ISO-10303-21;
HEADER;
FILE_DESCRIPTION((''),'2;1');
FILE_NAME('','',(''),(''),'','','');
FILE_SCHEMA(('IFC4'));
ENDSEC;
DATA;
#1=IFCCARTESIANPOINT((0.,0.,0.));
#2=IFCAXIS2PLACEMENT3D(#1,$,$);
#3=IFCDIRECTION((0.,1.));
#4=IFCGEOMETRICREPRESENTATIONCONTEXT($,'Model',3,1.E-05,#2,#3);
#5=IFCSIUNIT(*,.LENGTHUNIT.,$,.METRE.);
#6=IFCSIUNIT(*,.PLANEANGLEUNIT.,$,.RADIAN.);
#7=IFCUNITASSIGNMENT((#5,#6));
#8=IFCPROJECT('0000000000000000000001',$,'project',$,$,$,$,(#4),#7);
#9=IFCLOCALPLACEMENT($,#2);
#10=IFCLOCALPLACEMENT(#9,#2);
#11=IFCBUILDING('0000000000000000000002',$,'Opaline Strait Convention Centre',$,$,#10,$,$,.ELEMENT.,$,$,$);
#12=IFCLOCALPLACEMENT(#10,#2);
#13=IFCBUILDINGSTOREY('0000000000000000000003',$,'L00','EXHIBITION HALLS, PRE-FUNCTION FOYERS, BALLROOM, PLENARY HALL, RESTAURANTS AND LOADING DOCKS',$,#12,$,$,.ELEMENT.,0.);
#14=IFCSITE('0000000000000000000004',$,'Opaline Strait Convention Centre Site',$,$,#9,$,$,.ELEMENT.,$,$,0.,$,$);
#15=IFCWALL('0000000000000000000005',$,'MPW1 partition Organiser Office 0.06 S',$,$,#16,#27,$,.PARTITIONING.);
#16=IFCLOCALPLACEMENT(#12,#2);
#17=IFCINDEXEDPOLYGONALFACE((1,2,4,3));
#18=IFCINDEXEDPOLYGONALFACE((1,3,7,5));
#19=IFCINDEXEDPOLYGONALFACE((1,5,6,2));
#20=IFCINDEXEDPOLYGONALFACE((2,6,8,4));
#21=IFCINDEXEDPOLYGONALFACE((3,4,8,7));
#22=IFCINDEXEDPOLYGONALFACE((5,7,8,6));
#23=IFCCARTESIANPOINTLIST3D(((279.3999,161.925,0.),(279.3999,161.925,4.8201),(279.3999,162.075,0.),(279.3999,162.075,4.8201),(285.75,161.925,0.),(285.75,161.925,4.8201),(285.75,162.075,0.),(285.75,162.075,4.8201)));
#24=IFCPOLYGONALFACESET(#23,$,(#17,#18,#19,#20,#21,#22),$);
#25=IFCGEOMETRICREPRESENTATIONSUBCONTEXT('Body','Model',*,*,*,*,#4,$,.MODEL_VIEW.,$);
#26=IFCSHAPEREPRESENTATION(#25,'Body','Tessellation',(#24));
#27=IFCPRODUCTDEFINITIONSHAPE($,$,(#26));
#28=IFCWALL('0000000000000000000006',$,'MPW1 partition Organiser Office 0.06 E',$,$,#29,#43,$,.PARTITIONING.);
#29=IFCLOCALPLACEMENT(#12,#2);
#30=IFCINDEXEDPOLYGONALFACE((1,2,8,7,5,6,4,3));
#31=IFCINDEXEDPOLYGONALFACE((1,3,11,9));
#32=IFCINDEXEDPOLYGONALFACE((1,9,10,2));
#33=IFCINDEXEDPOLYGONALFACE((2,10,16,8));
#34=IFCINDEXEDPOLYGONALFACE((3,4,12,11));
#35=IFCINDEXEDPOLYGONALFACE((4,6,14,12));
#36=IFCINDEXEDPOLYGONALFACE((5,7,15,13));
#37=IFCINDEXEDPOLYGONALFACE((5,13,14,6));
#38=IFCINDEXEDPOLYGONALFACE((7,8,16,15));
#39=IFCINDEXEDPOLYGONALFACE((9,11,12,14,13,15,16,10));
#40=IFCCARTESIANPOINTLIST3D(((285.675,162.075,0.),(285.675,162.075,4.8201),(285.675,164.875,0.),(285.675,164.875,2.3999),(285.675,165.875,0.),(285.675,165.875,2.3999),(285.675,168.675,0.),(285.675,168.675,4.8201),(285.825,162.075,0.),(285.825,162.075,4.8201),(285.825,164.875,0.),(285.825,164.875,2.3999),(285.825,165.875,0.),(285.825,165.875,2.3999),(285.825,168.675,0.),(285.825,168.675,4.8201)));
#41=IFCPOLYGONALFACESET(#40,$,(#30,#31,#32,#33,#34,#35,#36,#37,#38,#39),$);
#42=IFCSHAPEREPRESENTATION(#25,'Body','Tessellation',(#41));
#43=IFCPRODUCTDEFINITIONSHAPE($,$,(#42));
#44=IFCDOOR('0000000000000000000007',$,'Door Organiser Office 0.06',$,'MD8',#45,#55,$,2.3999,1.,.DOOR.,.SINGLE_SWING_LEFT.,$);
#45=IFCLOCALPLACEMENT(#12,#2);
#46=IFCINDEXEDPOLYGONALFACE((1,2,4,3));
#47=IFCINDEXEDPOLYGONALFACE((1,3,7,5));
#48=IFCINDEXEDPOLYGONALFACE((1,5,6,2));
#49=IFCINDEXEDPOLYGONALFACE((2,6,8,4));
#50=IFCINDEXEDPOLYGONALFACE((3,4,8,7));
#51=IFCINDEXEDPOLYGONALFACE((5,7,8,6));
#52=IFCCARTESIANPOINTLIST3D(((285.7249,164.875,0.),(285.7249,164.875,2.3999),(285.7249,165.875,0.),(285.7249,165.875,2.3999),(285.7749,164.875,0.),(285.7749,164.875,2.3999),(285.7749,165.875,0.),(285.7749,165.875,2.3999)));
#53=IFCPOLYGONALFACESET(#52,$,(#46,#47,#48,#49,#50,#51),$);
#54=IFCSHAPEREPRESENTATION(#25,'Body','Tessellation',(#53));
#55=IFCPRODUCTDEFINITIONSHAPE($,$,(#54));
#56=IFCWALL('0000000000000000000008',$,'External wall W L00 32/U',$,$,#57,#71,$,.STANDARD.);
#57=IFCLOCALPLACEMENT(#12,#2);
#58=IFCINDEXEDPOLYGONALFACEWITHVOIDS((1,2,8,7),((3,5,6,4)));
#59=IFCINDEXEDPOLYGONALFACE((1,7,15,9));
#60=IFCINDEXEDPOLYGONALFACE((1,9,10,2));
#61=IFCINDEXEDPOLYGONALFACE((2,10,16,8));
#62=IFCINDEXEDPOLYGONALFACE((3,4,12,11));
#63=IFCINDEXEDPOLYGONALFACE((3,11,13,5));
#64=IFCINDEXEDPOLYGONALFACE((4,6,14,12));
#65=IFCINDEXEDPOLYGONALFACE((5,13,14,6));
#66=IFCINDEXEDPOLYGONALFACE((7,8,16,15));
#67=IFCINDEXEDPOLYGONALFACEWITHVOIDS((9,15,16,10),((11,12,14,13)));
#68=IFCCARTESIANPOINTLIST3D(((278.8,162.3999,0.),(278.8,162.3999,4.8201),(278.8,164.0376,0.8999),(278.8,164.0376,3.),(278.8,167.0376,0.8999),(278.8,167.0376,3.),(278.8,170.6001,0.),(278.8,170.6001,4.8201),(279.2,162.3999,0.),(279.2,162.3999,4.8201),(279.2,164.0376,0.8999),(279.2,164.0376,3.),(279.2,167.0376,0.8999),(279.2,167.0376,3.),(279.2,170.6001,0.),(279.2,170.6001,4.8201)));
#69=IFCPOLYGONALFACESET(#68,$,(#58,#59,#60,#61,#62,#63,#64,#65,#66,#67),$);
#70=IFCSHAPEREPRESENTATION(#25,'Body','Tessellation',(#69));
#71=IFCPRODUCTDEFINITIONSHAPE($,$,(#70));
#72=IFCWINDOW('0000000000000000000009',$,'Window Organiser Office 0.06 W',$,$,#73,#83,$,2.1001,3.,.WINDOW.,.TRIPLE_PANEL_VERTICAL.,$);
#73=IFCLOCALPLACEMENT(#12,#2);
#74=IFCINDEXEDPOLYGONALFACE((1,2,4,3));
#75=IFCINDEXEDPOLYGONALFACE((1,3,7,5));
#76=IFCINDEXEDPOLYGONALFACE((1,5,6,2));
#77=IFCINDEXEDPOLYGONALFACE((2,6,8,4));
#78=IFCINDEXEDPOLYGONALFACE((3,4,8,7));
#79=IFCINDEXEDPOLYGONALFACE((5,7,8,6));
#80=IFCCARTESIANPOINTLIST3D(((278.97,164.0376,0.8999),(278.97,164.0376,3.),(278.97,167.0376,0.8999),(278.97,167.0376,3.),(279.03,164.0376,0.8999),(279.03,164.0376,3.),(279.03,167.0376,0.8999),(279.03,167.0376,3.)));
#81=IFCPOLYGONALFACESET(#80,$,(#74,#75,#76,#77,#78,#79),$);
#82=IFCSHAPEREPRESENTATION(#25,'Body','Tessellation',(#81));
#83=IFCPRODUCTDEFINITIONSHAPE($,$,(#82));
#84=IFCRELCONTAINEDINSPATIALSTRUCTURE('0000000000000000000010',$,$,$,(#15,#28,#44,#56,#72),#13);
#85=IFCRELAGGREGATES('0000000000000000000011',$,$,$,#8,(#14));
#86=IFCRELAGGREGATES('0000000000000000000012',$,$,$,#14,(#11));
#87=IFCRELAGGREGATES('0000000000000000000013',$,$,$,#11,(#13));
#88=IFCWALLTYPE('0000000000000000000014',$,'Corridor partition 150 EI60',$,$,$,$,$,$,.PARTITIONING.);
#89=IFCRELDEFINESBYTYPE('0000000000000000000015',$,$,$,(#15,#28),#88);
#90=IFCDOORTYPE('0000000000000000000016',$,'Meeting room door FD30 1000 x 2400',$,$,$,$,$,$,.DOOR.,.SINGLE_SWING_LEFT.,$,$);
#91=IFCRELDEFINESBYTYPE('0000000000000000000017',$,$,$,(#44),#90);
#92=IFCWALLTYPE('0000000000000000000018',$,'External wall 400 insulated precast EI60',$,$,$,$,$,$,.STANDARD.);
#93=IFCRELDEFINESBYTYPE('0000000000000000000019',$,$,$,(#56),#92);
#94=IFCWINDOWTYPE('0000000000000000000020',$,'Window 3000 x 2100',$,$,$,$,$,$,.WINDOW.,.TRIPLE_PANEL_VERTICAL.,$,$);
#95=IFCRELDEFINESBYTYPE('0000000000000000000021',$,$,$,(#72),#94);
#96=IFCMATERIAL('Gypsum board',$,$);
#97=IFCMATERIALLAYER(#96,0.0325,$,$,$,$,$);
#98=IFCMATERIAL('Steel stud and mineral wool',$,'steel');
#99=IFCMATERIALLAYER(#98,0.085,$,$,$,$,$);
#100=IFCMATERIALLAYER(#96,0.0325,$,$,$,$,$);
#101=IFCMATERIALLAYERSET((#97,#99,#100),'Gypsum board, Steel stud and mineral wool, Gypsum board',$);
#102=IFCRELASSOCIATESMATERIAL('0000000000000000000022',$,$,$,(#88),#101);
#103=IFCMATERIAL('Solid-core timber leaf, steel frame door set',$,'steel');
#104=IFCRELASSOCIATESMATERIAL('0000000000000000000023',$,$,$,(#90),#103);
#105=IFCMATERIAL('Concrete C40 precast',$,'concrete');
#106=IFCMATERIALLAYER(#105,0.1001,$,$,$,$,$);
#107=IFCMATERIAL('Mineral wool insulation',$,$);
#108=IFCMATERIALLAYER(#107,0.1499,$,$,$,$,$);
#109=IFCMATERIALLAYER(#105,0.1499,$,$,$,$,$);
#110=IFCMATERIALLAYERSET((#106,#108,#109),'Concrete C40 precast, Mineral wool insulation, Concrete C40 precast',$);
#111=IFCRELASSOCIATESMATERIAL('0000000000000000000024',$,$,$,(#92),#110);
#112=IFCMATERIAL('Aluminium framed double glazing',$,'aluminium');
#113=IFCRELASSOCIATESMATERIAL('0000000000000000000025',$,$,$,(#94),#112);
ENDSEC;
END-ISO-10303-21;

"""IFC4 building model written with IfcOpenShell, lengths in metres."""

from ifc_helpers import new_model, si_unit, direction, frame, frame_2d, origin, place, context, subcontext, project, spatial, rectangle, extrude, material, layer, layer_set, type_object, element, fill, save


model = new_model("IFC4")

# Units and contexts
model_context = context("Model", 3, precision=1e-05, world=origin(), true_north=direction((0.0, 1.0)))
body_context = subcontext(model_context, "Body", "Model", "MODEL_VIEW")
ifc_project = project(units=[si_unit("LENGTHUNIT", "METRE"), si_unit("PLANEANGLEUNIT", "RADIAN")], contexts=[model_context])

# Site, building, storey
site_placement = place(None, origin())
site = spatial("IfcSite", under=ifc_project, at=site_placement, Name="Opaline Strait Convention Centre Site", CompositionType="ELEMENT", RefElevation=0.0)
building_placement = place(site_placement, origin())
building = spatial("IfcBuilding", under=site, at=building_placement, Name="Opaline Strait Convention Centre", CompositionType="ELEMENT")
storey_placement = place(building_placement, origin())
storey = spatial("IfcBuildingStorey", under=building, at=storey_placement, Name="L00", Description="EXHIBITION HALLS, PRE-FUNCTION FOYERS, BALLROOM, PLENARY HALL, RESTAURANTS AND LOADING DOCKS", CompositionType="ELEMENT", Elevation=0.0)

# Shared definitions
ifc_material_1 = material(Name="Aluminium framed double glazing", Category="aluminium")

# Wall
ifc_material_2 = material(Name="Gypsum board")
ifc_layer_1 = layer(ifc_material_2, 0.0325)
ifc_material_3 = material(Name="Steel stud and mineral wool", Category="steel")
ifc_layer_2 = layer(ifc_material_3, 0.085)
ifc_layer_3 = layer(ifc_material_2, 0.0325)
ifc_layer_set_1 = layer_set([ifc_layer_1, ifc_layer_2, ifc_layer_3], Name="Gypsum board, Steel stud and mineral wool, Gypsum board")
wall_type_1 = type_object("IfcWallType", Name="Corridor partition 150 EI60", PredefinedType="PARTITIONING", material=ifc_layer_set_1)
for number, where, z_axis, x_axis, name in (
    (1, (279.3999, 162.0, 0.0), (0.0, 0.0, 1.0), (1.0, 0.0, 0.0), "MPW1 partition Organiser Office 0.06 S"),
):
    element("IfcWall", number, at=place(storey_placement, frame(where, z_axis=z_axis, x_axis=x_axis)), inside=storey, type_object=wall_type_1, Name=name, PredefinedType="PARTITIONING", context=body_context, shape_type="SweptSolid", body=[
        extrude(rectangle(XDim=6.3501, YDim=0.1499, at=frame_2d((3.175, 0.0))), origin(), (0.0, 0.0, 1.0), 4.8201),
    ])

# Wall, opening, door
wall_1_placement = place(storey_placement, frame((285.75, 162.075, 0.0), z_axis=(0.0, 0.0, 1.0), x_axis=(0.0, 1.0, 0.0)))
wall_1 = element("IfcWall", 2, at=wall_1_placement, inside=storey, type_object=wall_type_1, Name="MPW1 partition Organiser Office 0.06 E", PredefinedType="PARTITIONING", context=body_context, shape_type="SweptSolid", body=[
    extrude(rectangle(XDim=6.6001, YDim=0.1499, at=frame_2d((3.3, 0.0))), origin(), (0.0, 0.0, 1.0), 4.8201),
])
opening_1_placement = place(wall_1_placement, frame((2.8, 0.0, 0.0)))
opening_1 = element("IfcOpeningElement", 3, at=opening_1_placement, cuts=wall_1, PredefinedType="OPENING", context=body_context, shape_type="SweptSolid", body=[
    extrude(rectangle(XDim=1.0, YDim=2.3999, at=frame_2d((0.5, 1.2))), frame((0.0, 0.085, 0.0), z_axis=(0.0, -1.0, 0.0), x_axis=(1.0, 0.0, 0.0)), (0.0, 0.0, 1.0), 0.1699),
])
ifc_material_4 = material(Name="Solid-core timber leaf, steel frame door set", Category="steel")
door_type_1 = type_object("IfcDoorType", Name="Meeting room door FD30 1000 x 2400", OperationType="SINGLE_SWING_LEFT", PredefinedType="DOOR", material=ifc_material_4)
door_1_placement = place(opening_1_placement, frame((1.0, 0.0, 0.0), z_axis=(0.0, 0.0, 1.0), x_axis=(-1.0, 0.0, 0.0)))
door_1 = element("IfcDoor", 4, at=door_1_placement, inside=storey, type_object=door_type_1, Name="Door Organiser Office 0.06", ObjectType="MD8", OperationType="SINGLE_SWING_LEFT", OverallHeight=2.3999, OverallWidth=1.0, PredefinedType="DOOR", context=body_context, shape_type="SweptSolid", body=[
    extrude(rectangle(XDim=1.0, YDim=2.3999, at=frame_2d((0.5, 1.2))), frame((0.0, 0.0249, 0.0), z_axis=(0.0, -1.0, 0.0), x_axis=(1.0, 0.0, 0.0)), (0.0, 0.0, 1.0), 0.05),
])
fill(opening_1, door_1)
ifc_material_5 = material(Name="Concrete C40 precast", Category="concrete")
ifc_layer_4 = layer(ifc_material_5, 0.1001)
ifc_material_6 = material(Name="Mineral wool insulation")
ifc_layer_5 = layer(ifc_material_6, 0.1499)
ifc_layer_6 = layer(ifc_material_5, 0.1499)
ifc_layer_set_2 = layer_set([ifc_layer_4, ifc_layer_5, ifc_layer_6], Name="Concrete C40 precast, Mineral wool insulation, Concrete C40 precast")
wall_type_2 = type_object("IfcWallType", Name="External wall 400 insulated precast EI60", PredefinedType="STANDARD", material=ifc_layer_set_2)

# Wall, opening, window
wall_2_placement = place(storey_placement, frame((279.0, 162.3999, 0.0), z_axis=(0.0, 0.0, 1.0), x_axis=(0.0, 1.0, 0.0)))
wall_2 = element("IfcWall", 5, at=wall_2_placement, inside=storey, type_object=wall_type_2, Name="External wall W L00 32/U", PredefinedType="STANDARD", context=body_context, shape_type="SweptSolid", body=[
    extrude(rectangle(XDim=8.2002, YDim=0.3999, at=frame_2d((4.1001, 0.0))), origin(), (0.0, 0.0, 1.0), 4.8201),
])
opening_2_placement = place(wall_2_placement, frame((1.6377, 0.0, 0.8999)))
opening_2 = element("IfcOpeningElement", 6, at=opening_2_placement, cuts=wall_2, PredefinedType="OPENING", context=body_context, shape_type="SweptSolid", body=[
    extrude(rectangle(XDim=3.0, YDim=2.1001, at=frame_2d((1.5, 1.05))), frame((0.0, 0.21, 0.0), z_axis=(0.0, -1.0, 0.0), x_axis=(1.0, 0.0, 0.0)), (0.0, 0.0, 1.0), 0.4199),
])
window_type = type_object("IfcWindowType", Name="Window 3000 x 2100", PartitioningType="TRIPLE_PANEL_VERTICAL", PredefinedType="WINDOW", material=ifc_material_1)
window_placement = place(opening_2_placement, origin())
window = element("IfcWindow", 7, at=window_placement, inside=storey, type_object=window_type, Name="Window Organiser Office 0.06 W", OverallHeight=2.1001, OverallWidth=3.0, PartitioningType="TRIPLE_PANEL_VERTICAL", PredefinedType="WINDOW", context=body_context, shape_type="SweptSolid", body=[
    extrude(rectangle(XDim=3.0, YDim=2.1001, at=frame_2d((1.5, 1.05))), frame((0.0, 0.03, 0.0), z_axis=(0.0, -1.0, 0.0), x_axis=(1.0, 0.0, 0.0)), (0.0, 0.0, 1.0), 0.0601),
])
fill(opening_2, window)

save(model, "model.ifc")
